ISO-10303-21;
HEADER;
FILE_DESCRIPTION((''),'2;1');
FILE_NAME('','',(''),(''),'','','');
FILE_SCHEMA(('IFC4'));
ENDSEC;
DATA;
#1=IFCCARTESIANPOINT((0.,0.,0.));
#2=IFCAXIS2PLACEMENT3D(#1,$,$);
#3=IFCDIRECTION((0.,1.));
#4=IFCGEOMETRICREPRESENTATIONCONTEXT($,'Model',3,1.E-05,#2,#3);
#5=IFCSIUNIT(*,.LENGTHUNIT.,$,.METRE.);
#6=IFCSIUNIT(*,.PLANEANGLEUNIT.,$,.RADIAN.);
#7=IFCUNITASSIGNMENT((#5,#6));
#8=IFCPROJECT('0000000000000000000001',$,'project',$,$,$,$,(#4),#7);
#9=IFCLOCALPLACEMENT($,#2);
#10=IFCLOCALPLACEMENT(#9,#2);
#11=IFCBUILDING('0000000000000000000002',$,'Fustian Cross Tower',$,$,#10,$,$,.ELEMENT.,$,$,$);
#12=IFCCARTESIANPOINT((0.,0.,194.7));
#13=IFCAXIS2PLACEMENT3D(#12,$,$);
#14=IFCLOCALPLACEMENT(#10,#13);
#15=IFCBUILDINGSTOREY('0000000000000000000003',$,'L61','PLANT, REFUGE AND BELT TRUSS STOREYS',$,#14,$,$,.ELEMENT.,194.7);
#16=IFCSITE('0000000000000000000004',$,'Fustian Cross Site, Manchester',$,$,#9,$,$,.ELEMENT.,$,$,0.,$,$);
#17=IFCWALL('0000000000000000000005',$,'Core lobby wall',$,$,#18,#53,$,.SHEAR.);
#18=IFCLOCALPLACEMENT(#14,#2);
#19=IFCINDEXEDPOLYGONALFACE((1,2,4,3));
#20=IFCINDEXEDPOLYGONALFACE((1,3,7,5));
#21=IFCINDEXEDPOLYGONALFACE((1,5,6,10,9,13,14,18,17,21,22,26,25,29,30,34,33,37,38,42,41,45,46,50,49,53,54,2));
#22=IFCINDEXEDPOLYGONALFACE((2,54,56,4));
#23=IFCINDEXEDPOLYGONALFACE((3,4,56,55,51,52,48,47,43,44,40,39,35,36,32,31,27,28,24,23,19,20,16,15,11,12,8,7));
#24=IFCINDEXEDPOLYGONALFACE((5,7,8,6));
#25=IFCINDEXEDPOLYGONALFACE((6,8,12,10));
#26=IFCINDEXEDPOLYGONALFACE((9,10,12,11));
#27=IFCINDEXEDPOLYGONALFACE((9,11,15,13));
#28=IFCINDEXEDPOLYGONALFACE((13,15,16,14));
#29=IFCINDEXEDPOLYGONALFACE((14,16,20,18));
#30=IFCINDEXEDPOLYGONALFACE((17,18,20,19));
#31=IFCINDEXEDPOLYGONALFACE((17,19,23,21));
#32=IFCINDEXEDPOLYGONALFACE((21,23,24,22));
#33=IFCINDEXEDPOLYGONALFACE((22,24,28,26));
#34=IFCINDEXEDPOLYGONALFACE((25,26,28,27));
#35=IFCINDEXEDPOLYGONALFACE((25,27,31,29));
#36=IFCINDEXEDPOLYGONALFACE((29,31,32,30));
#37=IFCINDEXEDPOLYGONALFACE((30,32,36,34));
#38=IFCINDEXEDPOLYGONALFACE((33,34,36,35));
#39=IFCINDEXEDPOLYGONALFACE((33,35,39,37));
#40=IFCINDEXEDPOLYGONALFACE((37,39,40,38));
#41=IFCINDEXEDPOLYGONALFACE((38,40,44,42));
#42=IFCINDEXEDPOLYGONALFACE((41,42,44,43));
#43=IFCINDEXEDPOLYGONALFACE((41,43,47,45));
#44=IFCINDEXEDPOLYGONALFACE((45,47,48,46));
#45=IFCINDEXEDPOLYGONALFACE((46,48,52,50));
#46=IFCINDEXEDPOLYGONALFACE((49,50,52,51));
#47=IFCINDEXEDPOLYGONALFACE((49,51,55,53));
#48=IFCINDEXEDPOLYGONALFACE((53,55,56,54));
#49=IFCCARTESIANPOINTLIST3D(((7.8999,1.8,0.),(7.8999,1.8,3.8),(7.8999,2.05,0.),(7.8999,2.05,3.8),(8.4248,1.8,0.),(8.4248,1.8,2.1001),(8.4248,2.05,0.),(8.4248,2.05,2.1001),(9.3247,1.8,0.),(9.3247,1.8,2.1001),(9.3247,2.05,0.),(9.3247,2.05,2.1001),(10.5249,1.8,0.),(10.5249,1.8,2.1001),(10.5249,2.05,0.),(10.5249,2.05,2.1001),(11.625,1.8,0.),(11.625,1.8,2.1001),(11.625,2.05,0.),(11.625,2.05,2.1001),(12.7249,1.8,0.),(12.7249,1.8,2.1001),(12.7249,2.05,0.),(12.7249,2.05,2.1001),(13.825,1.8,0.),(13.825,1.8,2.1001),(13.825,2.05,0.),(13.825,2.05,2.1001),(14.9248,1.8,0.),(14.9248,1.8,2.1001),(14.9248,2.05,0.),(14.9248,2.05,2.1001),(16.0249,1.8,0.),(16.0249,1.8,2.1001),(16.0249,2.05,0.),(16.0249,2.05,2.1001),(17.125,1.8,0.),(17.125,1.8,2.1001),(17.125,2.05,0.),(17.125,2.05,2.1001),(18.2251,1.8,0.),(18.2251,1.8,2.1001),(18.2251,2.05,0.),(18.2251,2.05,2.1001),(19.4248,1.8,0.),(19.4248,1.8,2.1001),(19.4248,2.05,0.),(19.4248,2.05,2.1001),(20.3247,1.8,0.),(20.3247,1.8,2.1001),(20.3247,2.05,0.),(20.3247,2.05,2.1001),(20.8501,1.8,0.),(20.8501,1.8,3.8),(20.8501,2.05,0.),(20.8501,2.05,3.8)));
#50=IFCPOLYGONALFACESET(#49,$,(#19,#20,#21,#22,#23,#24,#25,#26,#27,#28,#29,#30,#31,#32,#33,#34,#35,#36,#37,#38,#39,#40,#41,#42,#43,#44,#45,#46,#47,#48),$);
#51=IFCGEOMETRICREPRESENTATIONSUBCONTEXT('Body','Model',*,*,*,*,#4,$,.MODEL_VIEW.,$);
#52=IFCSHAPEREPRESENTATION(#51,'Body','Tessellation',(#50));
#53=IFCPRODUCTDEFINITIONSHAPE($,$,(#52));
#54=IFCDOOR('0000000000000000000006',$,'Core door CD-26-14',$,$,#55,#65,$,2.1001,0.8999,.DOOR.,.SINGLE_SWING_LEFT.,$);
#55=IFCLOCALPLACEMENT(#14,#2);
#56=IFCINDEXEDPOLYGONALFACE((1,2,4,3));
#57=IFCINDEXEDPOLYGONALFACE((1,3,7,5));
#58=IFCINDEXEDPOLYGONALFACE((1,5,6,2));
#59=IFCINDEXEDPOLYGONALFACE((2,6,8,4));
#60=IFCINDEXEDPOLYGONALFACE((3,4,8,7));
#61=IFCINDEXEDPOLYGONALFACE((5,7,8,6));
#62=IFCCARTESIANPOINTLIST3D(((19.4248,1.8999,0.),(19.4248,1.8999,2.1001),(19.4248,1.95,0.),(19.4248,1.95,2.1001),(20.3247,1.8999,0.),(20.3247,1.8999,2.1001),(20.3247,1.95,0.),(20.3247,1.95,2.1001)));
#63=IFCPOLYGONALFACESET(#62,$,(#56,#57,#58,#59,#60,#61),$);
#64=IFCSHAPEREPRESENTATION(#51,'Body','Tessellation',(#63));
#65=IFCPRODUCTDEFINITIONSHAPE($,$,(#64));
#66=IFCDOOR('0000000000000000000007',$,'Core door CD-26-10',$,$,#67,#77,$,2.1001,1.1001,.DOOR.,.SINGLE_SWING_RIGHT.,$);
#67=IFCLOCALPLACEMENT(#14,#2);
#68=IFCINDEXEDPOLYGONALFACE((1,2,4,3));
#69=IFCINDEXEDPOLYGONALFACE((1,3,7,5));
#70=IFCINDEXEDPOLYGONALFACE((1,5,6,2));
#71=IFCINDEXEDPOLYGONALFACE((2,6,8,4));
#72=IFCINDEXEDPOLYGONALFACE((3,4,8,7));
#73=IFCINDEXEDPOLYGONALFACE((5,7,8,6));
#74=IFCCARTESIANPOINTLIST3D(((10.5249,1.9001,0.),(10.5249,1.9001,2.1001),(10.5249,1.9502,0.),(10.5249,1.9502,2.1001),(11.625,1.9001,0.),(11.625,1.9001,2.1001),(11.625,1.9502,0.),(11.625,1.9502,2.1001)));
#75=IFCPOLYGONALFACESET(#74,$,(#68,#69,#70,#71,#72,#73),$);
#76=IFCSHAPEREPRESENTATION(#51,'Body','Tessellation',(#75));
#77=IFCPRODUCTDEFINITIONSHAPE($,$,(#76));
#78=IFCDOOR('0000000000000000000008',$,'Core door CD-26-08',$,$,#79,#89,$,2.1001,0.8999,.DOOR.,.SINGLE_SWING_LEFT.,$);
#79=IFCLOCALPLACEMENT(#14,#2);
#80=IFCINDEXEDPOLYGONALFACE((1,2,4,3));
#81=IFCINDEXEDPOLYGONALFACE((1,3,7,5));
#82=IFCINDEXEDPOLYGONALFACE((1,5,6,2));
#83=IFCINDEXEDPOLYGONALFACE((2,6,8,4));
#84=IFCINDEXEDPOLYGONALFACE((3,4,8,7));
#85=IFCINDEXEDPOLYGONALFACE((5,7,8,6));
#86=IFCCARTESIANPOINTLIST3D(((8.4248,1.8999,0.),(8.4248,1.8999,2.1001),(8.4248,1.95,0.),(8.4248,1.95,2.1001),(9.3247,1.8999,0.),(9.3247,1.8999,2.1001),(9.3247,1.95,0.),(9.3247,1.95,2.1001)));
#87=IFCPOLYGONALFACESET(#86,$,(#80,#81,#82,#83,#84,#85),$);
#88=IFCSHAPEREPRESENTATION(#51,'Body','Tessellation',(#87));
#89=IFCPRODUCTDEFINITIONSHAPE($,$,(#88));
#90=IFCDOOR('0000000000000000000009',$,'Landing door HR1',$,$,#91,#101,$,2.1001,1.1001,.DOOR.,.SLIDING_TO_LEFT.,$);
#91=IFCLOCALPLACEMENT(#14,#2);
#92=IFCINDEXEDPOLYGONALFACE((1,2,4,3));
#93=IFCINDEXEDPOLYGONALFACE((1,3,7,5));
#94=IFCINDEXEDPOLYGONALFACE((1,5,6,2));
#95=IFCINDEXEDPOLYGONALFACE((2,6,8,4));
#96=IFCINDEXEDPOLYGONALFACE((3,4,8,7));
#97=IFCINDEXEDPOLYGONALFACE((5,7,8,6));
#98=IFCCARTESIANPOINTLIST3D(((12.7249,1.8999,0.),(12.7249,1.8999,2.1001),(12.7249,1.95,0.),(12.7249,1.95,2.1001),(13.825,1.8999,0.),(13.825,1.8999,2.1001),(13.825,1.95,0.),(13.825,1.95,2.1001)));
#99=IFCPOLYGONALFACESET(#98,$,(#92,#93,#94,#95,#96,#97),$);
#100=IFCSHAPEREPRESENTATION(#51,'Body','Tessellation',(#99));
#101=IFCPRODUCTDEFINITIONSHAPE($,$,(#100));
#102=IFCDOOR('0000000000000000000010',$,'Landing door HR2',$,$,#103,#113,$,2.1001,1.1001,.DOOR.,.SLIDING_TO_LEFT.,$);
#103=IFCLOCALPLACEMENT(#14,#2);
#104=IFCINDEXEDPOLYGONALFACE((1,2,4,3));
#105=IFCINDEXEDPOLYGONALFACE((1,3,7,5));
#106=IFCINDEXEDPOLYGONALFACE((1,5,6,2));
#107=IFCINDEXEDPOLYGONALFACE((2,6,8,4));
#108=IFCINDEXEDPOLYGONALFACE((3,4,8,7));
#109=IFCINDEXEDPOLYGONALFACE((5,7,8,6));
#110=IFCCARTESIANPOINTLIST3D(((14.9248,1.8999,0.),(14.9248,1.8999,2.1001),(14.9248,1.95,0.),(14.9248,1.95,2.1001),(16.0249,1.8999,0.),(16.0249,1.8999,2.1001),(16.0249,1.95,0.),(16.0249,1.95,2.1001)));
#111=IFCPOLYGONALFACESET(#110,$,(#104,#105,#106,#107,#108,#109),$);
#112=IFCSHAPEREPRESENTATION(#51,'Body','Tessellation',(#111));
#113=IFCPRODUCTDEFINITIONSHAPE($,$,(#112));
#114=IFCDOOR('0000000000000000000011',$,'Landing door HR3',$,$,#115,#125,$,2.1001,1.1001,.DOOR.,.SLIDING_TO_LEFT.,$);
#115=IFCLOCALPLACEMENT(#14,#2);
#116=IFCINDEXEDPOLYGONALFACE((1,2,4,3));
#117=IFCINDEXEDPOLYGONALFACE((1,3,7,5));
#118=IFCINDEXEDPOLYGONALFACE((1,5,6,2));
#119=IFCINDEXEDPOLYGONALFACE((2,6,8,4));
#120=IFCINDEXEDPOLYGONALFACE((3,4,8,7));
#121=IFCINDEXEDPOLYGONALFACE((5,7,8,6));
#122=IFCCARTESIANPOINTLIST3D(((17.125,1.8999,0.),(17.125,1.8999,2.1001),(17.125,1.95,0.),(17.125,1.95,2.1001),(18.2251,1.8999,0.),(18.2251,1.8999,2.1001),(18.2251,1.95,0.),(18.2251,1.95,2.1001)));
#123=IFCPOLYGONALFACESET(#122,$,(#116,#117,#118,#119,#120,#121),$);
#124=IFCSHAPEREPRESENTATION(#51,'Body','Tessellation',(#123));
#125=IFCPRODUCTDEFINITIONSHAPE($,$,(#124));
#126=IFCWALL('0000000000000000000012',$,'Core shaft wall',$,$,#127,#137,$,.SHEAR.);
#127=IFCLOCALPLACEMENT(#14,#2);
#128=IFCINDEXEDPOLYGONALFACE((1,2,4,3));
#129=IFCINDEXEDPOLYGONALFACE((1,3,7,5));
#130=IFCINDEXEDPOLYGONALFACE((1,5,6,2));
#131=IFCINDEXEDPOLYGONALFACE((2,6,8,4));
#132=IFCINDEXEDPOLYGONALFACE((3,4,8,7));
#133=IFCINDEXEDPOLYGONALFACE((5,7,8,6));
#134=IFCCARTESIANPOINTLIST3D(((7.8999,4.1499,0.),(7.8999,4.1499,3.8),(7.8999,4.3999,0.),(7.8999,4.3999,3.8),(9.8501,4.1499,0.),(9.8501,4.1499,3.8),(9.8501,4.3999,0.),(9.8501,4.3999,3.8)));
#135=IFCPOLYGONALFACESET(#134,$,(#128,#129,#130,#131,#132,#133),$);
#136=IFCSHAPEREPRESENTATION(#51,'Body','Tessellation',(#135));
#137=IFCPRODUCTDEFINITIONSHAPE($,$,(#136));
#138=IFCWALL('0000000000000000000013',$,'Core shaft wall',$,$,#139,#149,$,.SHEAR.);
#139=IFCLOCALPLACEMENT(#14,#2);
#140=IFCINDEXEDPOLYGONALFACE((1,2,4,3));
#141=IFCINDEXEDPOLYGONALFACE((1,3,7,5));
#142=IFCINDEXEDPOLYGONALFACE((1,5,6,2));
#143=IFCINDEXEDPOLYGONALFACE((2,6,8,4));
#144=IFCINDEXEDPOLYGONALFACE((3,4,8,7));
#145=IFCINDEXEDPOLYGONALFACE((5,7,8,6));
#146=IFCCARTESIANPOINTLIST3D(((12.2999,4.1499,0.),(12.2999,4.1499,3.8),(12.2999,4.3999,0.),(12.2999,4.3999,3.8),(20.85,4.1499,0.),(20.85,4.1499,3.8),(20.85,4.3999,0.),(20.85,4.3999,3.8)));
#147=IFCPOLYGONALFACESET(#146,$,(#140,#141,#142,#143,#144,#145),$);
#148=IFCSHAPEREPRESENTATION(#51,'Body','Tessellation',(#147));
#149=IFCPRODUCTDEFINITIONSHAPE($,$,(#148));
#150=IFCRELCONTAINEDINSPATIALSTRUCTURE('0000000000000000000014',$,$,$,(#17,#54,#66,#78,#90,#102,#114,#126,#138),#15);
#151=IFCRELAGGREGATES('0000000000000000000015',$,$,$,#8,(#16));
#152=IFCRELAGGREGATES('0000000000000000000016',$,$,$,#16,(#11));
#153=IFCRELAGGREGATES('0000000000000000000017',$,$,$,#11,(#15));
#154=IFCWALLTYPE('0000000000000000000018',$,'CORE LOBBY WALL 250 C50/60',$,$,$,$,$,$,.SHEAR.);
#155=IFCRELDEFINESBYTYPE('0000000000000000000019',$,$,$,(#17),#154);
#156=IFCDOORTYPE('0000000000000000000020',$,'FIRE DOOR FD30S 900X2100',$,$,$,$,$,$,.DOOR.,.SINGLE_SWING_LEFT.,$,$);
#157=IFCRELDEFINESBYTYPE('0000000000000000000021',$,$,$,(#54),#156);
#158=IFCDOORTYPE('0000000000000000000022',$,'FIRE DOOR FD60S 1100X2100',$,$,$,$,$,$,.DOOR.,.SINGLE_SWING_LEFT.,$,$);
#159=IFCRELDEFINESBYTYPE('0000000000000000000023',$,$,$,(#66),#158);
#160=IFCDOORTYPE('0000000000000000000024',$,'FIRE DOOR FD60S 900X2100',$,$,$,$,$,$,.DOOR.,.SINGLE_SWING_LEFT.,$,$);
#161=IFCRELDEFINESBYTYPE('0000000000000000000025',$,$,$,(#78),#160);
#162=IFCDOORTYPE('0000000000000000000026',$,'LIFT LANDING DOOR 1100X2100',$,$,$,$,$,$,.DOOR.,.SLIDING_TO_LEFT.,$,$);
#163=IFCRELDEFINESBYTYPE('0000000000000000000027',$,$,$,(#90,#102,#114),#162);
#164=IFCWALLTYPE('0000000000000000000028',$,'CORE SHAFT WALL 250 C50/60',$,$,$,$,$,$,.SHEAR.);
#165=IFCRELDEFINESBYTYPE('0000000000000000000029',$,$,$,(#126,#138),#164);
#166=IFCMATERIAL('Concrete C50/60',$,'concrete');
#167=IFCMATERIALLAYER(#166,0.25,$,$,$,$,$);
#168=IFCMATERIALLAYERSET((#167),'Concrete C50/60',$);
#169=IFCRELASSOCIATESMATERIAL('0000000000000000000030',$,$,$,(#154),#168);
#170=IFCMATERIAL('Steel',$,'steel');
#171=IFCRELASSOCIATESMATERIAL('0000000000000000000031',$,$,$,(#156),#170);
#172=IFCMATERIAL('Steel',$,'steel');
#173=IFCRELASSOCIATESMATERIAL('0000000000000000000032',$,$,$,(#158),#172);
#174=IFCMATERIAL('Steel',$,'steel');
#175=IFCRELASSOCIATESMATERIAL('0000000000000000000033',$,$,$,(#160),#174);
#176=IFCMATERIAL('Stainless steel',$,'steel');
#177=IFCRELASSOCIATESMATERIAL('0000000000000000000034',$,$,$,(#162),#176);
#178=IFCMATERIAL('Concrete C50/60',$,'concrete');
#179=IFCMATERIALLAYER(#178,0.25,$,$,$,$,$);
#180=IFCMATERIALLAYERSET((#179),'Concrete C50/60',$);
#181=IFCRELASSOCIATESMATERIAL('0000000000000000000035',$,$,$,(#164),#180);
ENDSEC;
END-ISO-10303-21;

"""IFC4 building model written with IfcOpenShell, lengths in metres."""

from ifc_helpers import new_model, si_unit, direction, frame, frame_2d, origin, place, context, subcontext, project, spatial, rectangle, extrude, material, layer, layer_set, type_object, element, fill, save


model = new_model("IFC4")

# Units and contexts
model_context = context("Model", 3, precision=1e-05, world=origin(), true_north=direction((0.0, 1.0)))
body_context = subcontext(model_context, "Body", "Model", "MODEL_VIEW")
ifc_project = project(units=[si_unit("LENGTHUNIT", "METRE"), si_unit("PLANEANGLEUNIT", "RADIAN")], contexts=[model_context])

# Site, building, storey
site_placement = place(None, origin())
site = spatial("IfcSite", under=ifc_project, at=site_placement, Name="Fustian Cross Site, Manchester", CompositionType="ELEMENT", RefElevation=0.0)
building_placement = place(site_placement, origin())
building = spatial("IfcBuilding", under=site, at=building_placement, Name="Fustian Cross Tower", CompositionType="ELEMENT")
storey_placement = place(building_placement, frame((0.0, 0.0, 194.7)))
storey = spatial("IfcBuildingStorey", under=building, at=storey_placement, Name="L61", Description="PLANT, REFUGE AND BELT TRUSS STOREYS", CompositionType="ELEMENT", Elevation=194.7)

# Wall, openings, doors
ifc_material_1 = material(Name="Concrete C50/60", Category="concrete")
ifc_layer_1 = layer(ifc_material_1, 0.25)
ifc_layer_set_1 = layer_set([ifc_layer_1], Name="Concrete C50/60")
wall_type_1 = type_object("IfcWallType", Name="CORE LOBBY WALL 250 C50/60", PredefinedType="SHEAR", material=ifc_layer_set_1)
wall_1_placement = place(storey_placement, frame((7.8999, 1.925, 0.0), z_axis=(0.0, 0.0, 1.0), x_axis=(1.0, 0.0, 0.0)))
wall_1 = element("IfcWall", 1, at=wall_1_placement, inside=storey, type_object=wall_type_1, Name="Core lobby wall", PredefinedType="SHEAR", context=body_context, shape_type="SweptSolid", body=[
    extrude(rectangle(XDim=12.9502, YDim=0.25, at=frame_2d((6.4751, 0.0))), origin(), (0.0, 0.0, 1.0), 3.8),
])
opening_1_placement = place(wall_1_placement, frame((4.825, 0.0, 0.0)))
opening_1 = element("IfcOpeningElement", 2, at=opening_1_placement, cuts=wall_1, PredefinedType="OPENING", context=body_context, shape_type="SweptSolid", body=[
    extrude(rectangle(XDim=1.1001, YDim=2.1001, at=frame_2d((0.55, 1.05))), frame((0.0, 0.135, 0.0), z_axis=(0.0, -1.0, 0.0), x_axis=(1.0, 0.0, 0.0)), (0.0, 0.0, 1.0), 0.27),
])
opening_2_placement = place(wall_1_placement, frame((7.0249, 0.0, 0.0)))
opening_2 = element("IfcOpeningElement", 3, at=opening_2_placement, cuts=wall_1, PredefinedType="OPENING", context=body_context, shape_type="SweptSolid", body=[
    extrude(rectangle(XDim=1.1001, YDim=2.1001, at=frame_2d((0.55, 1.05))), frame((0.0, 0.135, 0.0), z_axis=(0.0, -1.0, 0.0), x_axis=(1.0, 0.0, 0.0)), (0.0, 0.0, 1.0), 0.27),
])
opening_3_placement = place(wall_1_placement, frame((9.2251, 0.0, 0.0)))
opening_3 = element("IfcOpeningElement", 4, at=opening_3_placement, cuts=wall_1, PredefinedType="OPENING", context=body_context, shape_type="SweptSolid", body=[
    extrude(rectangle(XDim=1.1001, YDim=2.1001, at=frame_2d((0.55, 1.05))), frame((0.0, 0.135, 0.0), z_axis=(0.0, -1.0, 0.0), x_axis=(1.0, 0.0, 0.0)), (0.0, 0.0, 1.0), 0.27),
])
opening_4_placement = place(wall_1_placement, frame((0.5249, 0.0, 0.0)))
opening_4 = element("IfcOpeningElement", 5, at=opening_4_placement, cuts=wall_1, PredefinedType="OPENING", context=body_context, shape_type="SweptSolid", body=[
    extrude(rectangle(XDim=0.8999, YDim=2.1001, at=frame_2d((0.45, 1.05))), frame((0.0, 0.135, 0.0), z_axis=(0.0, -1.0, 0.0), x_axis=(1.0, 0.0, 0.0)), (0.0, 0.0, 1.0), 0.27),
])
opening_5_placement = place(wall_1_placement, frame((2.625, 0.0, 0.0)))
opening_5 = element("IfcOpeningElement", 6, at=opening_5_placement, cuts=wall_1, PredefinedType="OPENING", context=body_context, shape_type="SweptSolid", body=[
    extrude(rectangle(XDim=1.1001, YDim=2.1001, at=frame_2d((0.55, 1.05))), frame((0.0, 0.135, 0.0), z_axis=(0.0, -1.0, 0.0), x_axis=(1.0, 0.0, 0.0)), (0.0, 0.0, 1.0), 0.27),
])
opening_6_placement = place(wall_1_placement, frame((11.5249, 0.0, 0.0)))
opening_6 = element("IfcOpeningElement", 7, at=opening_6_placement, cuts=wall_1, PredefinedType="OPENING", context=body_context, shape_type="SweptSolid", body=[
    extrude(rectangle(XDim=0.8999, YDim=2.1001, at=frame_2d((0.45, 1.05))), frame((0.0, 0.135, 0.0), z_axis=(0.0, -1.0, 0.0), x_axis=(1.0, 0.0, 0.0)), (0.0, 0.0, 1.0), 0.27),
])
ifc_material_2 = material(Name="Steel", Category="steel")
door_type_1 = type_object("IfcDoorType", Name="FIRE DOOR FD30S 900X2100", OperationType="SINGLE_SWING_LEFT", PredefinedType="DOOR", material=ifc_material_2)
door_1_placement = place(opening_6_placement, origin())
door_1 = element("IfcDoor", 8, at=door_1_placement, inside=storey, type_object=door_type_1, Name="Core door CD-26-14", OperationType="SINGLE_SWING_LEFT", OverallHeight=2.1001, OverallWidth=0.8999, PredefinedType="DOOR", context=body_context, shape_type="SweptSolid", body=[
    extrude(rectangle(XDim=0.8999, YDim=2.1001, at=frame_2d((0.45, 1.05))), frame((0.0, 0.0249, 0.0), z_axis=(0.0, -1.0, 0.0), x_axis=(1.0, 0.0, 0.0)), (0.0, 0.0, 1.0), 0.05),
])
fill(opening_6, door_1)
ifc_material_3 = material(Name="Steel", Category="steel")
door_type_2 = type_object("IfcDoorType", Name="FIRE DOOR FD60S 1100X2100", OperationType="SINGLE_SWING_LEFT", PredefinedType="DOOR", material=ifc_material_3)
door_2_placement = place(opening_5_placement, frame((1.1001, 0.0, 0.0), z_axis=(0.0, 0.0, 1.0), x_axis=(-1.0, 0.0, 0.0)))
door_2 = element("IfcDoor", 9, at=door_2_placement, inside=storey, type_object=door_type_2, Name="Core door CD-26-10", OperationType="SINGLE_SWING_RIGHT", OverallHeight=2.1001, OverallWidth=1.1001, PredefinedType="DOOR", context=body_context, shape_type="SweptSolid", body=[
    extrude(rectangle(XDim=1.1001, YDim=2.1001, at=frame_2d((0.55, 1.05))), frame((0.0, 0.0249, 0.0), z_axis=(0.0, -1.0, 0.0), x_axis=(1.0, 0.0, 0.0)), (0.0, 0.0, 1.0), 0.05),
])
fill(opening_5, door_2)
ifc_material_4 = material(Name="Steel", Category="steel")
door_type_3 = type_object("IfcDoorType", Name="FIRE DOOR FD60S 900X2100", OperationType="SINGLE_SWING_LEFT", PredefinedType="DOOR", material=ifc_material_4)
door_3_placement = place(opening_4_placement, origin())
door_3 = element("IfcDoor", 10, at=door_3_placement, inside=storey, type_object=door_type_3, Name="Core door CD-26-08", OperationType="SINGLE_SWING_LEFT", OverallHeight=2.1001, OverallWidth=0.8999, PredefinedType="DOOR", context=body_context, shape_type="SweptSolid", body=[
    extrude(rectangle(XDim=0.8999, YDim=2.1001, at=frame_2d((0.45, 1.05))), frame((0.0, 0.0249, 0.0), z_axis=(0.0, -1.0, 0.0), x_axis=(1.0, 0.0, 0.0)), (0.0, 0.0, 1.0), 0.05),
])
fill(opening_4, door_3)
ifc_material_5 = material(Name="Stainless steel", Category="steel")
door_type_4 = type_object("IfcDoorType", Name="LIFT LANDING DOOR 1100X2100", OperationType="SLIDING_TO_LEFT", PredefinedType="DOOR", material=ifc_material_5)
door_4_placement = place(opening_1_placement, origin())
door_4 = element("IfcDoor", 11, at=door_4_placement, inside=storey, type_object=door_type_4, Name="Landing door HR1", OperationType="SLIDING_TO_LEFT", OverallHeight=2.1001, OverallWidth=1.1001, PredefinedType="DOOR", context=body_context, shape_type="SweptSolid", body=[
    extrude(rectangle(XDim=1.1001, YDim=2.1001, at=frame_2d((0.55, 1.05))), frame((0.0, 0.0249, 0.0), z_axis=(0.0, -1.0, 0.0), x_axis=(1.0, 0.0, 0.0)), (0.0, 0.0, 1.0), 0.05),
])
fill(opening_1, door_4)
door_5_placement = place(opening_2_placement, origin())
door_5 = element("IfcDoor", 12, at=door_5_placement, inside=storey, type_object=door_type_4, Name="Landing door HR2", OperationType="SLIDING_TO_LEFT", OverallHeight=2.1001, OverallWidth=1.1001, PredefinedType="DOOR", context=body_context, shape_type="SweptSolid", body=[
    extrude(rectangle(XDim=1.1001, YDim=2.1001, at=frame_2d((0.55, 1.05))), frame((0.0, 0.0249, 0.0), z_axis=(0.0, -1.0, 0.0), x_axis=(1.0, 0.0, 0.0)), (0.0, 0.0, 1.0), 0.05),
])
fill(opening_2, door_5)
door_6_placement = place(opening_3_placement, origin())
door_6 = element("IfcDoor", 13, at=door_6_placement, inside=storey, type_object=door_type_4, Name="Landing door HR3", OperationType="SLIDING_TO_LEFT", OverallHeight=2.1001, OverallWidth=1.1001, PredefinedType="DOOR", context=body_context, shape_type="SweptSolid", body=[
    extrude(rectangle(XDim=1.1001, YDim=2.1001, at=frame_2d((0.55, 1.05))), frame((0.0, 0.0249, 0.0), z_axis=(0.0, -1.0, 0.0), x_axis=(1.0, 0.0, 0.0)), (0.0, 0.0, 1.0), 0.05),
])
fill(opening_3, door_6)

# Walls
ifc_material_6 = material(Name="Concrete C50/60", Category="concrete")
ifc_layer_2 = layer(ifc_material_6, 0.25)
ifc_layer_set_2 = layer_set([ifc_layer_2], Name="Concrete C50/60")
wall_type_2 = type_object("IfcWallType", Name="CORE SHAFT WALL 250 C50/60", PredefinedType="SHEAR", material=ifc_layer_set_2)
wall_2_placement = place(storey_placement, frame((7.8999, 4.2749, 0.0), z_axis=(0.0, 0.0, 1.0), x_axis=(1.0, 0.0, 0.0)))
element("IfcWall", 14, at=wall_2_placement, inside=storey, type_object=wall_type_2, Name="Core shaft wall", PredefinedType="SHEAR", context=body_context, shape_type="SweptSolid", body=[
    extrude(rectangle(XDim=1.9502, YDim=0.25, at=frame_2d((0.9751, 0.0))), origin(), (0.0, 0.0, 1.0), 3.8),
])
wall_3_placement = place(storey_placement, frame((12.3, 4.2749, 0.0), z_axis=(0.0, 0.0, 1.0), x_axis=(1.0, 0.0, 0.0)))
element("IfcWall", 15, at=wall_3_placement, inside=storey, type_object=wall_type_2, Name="Core shaft wall", PredefinedType="SHEAR", context=body_context, shape_type="SweptSolid", body=[
    extrude(rectangle(XDim=8.55, YDim=0.25, at=frame_2d((4.2749, 0.0))), origin(), (0.0, 0.0, 1.0), 3.8),
])

save(model, "model.ifc")
